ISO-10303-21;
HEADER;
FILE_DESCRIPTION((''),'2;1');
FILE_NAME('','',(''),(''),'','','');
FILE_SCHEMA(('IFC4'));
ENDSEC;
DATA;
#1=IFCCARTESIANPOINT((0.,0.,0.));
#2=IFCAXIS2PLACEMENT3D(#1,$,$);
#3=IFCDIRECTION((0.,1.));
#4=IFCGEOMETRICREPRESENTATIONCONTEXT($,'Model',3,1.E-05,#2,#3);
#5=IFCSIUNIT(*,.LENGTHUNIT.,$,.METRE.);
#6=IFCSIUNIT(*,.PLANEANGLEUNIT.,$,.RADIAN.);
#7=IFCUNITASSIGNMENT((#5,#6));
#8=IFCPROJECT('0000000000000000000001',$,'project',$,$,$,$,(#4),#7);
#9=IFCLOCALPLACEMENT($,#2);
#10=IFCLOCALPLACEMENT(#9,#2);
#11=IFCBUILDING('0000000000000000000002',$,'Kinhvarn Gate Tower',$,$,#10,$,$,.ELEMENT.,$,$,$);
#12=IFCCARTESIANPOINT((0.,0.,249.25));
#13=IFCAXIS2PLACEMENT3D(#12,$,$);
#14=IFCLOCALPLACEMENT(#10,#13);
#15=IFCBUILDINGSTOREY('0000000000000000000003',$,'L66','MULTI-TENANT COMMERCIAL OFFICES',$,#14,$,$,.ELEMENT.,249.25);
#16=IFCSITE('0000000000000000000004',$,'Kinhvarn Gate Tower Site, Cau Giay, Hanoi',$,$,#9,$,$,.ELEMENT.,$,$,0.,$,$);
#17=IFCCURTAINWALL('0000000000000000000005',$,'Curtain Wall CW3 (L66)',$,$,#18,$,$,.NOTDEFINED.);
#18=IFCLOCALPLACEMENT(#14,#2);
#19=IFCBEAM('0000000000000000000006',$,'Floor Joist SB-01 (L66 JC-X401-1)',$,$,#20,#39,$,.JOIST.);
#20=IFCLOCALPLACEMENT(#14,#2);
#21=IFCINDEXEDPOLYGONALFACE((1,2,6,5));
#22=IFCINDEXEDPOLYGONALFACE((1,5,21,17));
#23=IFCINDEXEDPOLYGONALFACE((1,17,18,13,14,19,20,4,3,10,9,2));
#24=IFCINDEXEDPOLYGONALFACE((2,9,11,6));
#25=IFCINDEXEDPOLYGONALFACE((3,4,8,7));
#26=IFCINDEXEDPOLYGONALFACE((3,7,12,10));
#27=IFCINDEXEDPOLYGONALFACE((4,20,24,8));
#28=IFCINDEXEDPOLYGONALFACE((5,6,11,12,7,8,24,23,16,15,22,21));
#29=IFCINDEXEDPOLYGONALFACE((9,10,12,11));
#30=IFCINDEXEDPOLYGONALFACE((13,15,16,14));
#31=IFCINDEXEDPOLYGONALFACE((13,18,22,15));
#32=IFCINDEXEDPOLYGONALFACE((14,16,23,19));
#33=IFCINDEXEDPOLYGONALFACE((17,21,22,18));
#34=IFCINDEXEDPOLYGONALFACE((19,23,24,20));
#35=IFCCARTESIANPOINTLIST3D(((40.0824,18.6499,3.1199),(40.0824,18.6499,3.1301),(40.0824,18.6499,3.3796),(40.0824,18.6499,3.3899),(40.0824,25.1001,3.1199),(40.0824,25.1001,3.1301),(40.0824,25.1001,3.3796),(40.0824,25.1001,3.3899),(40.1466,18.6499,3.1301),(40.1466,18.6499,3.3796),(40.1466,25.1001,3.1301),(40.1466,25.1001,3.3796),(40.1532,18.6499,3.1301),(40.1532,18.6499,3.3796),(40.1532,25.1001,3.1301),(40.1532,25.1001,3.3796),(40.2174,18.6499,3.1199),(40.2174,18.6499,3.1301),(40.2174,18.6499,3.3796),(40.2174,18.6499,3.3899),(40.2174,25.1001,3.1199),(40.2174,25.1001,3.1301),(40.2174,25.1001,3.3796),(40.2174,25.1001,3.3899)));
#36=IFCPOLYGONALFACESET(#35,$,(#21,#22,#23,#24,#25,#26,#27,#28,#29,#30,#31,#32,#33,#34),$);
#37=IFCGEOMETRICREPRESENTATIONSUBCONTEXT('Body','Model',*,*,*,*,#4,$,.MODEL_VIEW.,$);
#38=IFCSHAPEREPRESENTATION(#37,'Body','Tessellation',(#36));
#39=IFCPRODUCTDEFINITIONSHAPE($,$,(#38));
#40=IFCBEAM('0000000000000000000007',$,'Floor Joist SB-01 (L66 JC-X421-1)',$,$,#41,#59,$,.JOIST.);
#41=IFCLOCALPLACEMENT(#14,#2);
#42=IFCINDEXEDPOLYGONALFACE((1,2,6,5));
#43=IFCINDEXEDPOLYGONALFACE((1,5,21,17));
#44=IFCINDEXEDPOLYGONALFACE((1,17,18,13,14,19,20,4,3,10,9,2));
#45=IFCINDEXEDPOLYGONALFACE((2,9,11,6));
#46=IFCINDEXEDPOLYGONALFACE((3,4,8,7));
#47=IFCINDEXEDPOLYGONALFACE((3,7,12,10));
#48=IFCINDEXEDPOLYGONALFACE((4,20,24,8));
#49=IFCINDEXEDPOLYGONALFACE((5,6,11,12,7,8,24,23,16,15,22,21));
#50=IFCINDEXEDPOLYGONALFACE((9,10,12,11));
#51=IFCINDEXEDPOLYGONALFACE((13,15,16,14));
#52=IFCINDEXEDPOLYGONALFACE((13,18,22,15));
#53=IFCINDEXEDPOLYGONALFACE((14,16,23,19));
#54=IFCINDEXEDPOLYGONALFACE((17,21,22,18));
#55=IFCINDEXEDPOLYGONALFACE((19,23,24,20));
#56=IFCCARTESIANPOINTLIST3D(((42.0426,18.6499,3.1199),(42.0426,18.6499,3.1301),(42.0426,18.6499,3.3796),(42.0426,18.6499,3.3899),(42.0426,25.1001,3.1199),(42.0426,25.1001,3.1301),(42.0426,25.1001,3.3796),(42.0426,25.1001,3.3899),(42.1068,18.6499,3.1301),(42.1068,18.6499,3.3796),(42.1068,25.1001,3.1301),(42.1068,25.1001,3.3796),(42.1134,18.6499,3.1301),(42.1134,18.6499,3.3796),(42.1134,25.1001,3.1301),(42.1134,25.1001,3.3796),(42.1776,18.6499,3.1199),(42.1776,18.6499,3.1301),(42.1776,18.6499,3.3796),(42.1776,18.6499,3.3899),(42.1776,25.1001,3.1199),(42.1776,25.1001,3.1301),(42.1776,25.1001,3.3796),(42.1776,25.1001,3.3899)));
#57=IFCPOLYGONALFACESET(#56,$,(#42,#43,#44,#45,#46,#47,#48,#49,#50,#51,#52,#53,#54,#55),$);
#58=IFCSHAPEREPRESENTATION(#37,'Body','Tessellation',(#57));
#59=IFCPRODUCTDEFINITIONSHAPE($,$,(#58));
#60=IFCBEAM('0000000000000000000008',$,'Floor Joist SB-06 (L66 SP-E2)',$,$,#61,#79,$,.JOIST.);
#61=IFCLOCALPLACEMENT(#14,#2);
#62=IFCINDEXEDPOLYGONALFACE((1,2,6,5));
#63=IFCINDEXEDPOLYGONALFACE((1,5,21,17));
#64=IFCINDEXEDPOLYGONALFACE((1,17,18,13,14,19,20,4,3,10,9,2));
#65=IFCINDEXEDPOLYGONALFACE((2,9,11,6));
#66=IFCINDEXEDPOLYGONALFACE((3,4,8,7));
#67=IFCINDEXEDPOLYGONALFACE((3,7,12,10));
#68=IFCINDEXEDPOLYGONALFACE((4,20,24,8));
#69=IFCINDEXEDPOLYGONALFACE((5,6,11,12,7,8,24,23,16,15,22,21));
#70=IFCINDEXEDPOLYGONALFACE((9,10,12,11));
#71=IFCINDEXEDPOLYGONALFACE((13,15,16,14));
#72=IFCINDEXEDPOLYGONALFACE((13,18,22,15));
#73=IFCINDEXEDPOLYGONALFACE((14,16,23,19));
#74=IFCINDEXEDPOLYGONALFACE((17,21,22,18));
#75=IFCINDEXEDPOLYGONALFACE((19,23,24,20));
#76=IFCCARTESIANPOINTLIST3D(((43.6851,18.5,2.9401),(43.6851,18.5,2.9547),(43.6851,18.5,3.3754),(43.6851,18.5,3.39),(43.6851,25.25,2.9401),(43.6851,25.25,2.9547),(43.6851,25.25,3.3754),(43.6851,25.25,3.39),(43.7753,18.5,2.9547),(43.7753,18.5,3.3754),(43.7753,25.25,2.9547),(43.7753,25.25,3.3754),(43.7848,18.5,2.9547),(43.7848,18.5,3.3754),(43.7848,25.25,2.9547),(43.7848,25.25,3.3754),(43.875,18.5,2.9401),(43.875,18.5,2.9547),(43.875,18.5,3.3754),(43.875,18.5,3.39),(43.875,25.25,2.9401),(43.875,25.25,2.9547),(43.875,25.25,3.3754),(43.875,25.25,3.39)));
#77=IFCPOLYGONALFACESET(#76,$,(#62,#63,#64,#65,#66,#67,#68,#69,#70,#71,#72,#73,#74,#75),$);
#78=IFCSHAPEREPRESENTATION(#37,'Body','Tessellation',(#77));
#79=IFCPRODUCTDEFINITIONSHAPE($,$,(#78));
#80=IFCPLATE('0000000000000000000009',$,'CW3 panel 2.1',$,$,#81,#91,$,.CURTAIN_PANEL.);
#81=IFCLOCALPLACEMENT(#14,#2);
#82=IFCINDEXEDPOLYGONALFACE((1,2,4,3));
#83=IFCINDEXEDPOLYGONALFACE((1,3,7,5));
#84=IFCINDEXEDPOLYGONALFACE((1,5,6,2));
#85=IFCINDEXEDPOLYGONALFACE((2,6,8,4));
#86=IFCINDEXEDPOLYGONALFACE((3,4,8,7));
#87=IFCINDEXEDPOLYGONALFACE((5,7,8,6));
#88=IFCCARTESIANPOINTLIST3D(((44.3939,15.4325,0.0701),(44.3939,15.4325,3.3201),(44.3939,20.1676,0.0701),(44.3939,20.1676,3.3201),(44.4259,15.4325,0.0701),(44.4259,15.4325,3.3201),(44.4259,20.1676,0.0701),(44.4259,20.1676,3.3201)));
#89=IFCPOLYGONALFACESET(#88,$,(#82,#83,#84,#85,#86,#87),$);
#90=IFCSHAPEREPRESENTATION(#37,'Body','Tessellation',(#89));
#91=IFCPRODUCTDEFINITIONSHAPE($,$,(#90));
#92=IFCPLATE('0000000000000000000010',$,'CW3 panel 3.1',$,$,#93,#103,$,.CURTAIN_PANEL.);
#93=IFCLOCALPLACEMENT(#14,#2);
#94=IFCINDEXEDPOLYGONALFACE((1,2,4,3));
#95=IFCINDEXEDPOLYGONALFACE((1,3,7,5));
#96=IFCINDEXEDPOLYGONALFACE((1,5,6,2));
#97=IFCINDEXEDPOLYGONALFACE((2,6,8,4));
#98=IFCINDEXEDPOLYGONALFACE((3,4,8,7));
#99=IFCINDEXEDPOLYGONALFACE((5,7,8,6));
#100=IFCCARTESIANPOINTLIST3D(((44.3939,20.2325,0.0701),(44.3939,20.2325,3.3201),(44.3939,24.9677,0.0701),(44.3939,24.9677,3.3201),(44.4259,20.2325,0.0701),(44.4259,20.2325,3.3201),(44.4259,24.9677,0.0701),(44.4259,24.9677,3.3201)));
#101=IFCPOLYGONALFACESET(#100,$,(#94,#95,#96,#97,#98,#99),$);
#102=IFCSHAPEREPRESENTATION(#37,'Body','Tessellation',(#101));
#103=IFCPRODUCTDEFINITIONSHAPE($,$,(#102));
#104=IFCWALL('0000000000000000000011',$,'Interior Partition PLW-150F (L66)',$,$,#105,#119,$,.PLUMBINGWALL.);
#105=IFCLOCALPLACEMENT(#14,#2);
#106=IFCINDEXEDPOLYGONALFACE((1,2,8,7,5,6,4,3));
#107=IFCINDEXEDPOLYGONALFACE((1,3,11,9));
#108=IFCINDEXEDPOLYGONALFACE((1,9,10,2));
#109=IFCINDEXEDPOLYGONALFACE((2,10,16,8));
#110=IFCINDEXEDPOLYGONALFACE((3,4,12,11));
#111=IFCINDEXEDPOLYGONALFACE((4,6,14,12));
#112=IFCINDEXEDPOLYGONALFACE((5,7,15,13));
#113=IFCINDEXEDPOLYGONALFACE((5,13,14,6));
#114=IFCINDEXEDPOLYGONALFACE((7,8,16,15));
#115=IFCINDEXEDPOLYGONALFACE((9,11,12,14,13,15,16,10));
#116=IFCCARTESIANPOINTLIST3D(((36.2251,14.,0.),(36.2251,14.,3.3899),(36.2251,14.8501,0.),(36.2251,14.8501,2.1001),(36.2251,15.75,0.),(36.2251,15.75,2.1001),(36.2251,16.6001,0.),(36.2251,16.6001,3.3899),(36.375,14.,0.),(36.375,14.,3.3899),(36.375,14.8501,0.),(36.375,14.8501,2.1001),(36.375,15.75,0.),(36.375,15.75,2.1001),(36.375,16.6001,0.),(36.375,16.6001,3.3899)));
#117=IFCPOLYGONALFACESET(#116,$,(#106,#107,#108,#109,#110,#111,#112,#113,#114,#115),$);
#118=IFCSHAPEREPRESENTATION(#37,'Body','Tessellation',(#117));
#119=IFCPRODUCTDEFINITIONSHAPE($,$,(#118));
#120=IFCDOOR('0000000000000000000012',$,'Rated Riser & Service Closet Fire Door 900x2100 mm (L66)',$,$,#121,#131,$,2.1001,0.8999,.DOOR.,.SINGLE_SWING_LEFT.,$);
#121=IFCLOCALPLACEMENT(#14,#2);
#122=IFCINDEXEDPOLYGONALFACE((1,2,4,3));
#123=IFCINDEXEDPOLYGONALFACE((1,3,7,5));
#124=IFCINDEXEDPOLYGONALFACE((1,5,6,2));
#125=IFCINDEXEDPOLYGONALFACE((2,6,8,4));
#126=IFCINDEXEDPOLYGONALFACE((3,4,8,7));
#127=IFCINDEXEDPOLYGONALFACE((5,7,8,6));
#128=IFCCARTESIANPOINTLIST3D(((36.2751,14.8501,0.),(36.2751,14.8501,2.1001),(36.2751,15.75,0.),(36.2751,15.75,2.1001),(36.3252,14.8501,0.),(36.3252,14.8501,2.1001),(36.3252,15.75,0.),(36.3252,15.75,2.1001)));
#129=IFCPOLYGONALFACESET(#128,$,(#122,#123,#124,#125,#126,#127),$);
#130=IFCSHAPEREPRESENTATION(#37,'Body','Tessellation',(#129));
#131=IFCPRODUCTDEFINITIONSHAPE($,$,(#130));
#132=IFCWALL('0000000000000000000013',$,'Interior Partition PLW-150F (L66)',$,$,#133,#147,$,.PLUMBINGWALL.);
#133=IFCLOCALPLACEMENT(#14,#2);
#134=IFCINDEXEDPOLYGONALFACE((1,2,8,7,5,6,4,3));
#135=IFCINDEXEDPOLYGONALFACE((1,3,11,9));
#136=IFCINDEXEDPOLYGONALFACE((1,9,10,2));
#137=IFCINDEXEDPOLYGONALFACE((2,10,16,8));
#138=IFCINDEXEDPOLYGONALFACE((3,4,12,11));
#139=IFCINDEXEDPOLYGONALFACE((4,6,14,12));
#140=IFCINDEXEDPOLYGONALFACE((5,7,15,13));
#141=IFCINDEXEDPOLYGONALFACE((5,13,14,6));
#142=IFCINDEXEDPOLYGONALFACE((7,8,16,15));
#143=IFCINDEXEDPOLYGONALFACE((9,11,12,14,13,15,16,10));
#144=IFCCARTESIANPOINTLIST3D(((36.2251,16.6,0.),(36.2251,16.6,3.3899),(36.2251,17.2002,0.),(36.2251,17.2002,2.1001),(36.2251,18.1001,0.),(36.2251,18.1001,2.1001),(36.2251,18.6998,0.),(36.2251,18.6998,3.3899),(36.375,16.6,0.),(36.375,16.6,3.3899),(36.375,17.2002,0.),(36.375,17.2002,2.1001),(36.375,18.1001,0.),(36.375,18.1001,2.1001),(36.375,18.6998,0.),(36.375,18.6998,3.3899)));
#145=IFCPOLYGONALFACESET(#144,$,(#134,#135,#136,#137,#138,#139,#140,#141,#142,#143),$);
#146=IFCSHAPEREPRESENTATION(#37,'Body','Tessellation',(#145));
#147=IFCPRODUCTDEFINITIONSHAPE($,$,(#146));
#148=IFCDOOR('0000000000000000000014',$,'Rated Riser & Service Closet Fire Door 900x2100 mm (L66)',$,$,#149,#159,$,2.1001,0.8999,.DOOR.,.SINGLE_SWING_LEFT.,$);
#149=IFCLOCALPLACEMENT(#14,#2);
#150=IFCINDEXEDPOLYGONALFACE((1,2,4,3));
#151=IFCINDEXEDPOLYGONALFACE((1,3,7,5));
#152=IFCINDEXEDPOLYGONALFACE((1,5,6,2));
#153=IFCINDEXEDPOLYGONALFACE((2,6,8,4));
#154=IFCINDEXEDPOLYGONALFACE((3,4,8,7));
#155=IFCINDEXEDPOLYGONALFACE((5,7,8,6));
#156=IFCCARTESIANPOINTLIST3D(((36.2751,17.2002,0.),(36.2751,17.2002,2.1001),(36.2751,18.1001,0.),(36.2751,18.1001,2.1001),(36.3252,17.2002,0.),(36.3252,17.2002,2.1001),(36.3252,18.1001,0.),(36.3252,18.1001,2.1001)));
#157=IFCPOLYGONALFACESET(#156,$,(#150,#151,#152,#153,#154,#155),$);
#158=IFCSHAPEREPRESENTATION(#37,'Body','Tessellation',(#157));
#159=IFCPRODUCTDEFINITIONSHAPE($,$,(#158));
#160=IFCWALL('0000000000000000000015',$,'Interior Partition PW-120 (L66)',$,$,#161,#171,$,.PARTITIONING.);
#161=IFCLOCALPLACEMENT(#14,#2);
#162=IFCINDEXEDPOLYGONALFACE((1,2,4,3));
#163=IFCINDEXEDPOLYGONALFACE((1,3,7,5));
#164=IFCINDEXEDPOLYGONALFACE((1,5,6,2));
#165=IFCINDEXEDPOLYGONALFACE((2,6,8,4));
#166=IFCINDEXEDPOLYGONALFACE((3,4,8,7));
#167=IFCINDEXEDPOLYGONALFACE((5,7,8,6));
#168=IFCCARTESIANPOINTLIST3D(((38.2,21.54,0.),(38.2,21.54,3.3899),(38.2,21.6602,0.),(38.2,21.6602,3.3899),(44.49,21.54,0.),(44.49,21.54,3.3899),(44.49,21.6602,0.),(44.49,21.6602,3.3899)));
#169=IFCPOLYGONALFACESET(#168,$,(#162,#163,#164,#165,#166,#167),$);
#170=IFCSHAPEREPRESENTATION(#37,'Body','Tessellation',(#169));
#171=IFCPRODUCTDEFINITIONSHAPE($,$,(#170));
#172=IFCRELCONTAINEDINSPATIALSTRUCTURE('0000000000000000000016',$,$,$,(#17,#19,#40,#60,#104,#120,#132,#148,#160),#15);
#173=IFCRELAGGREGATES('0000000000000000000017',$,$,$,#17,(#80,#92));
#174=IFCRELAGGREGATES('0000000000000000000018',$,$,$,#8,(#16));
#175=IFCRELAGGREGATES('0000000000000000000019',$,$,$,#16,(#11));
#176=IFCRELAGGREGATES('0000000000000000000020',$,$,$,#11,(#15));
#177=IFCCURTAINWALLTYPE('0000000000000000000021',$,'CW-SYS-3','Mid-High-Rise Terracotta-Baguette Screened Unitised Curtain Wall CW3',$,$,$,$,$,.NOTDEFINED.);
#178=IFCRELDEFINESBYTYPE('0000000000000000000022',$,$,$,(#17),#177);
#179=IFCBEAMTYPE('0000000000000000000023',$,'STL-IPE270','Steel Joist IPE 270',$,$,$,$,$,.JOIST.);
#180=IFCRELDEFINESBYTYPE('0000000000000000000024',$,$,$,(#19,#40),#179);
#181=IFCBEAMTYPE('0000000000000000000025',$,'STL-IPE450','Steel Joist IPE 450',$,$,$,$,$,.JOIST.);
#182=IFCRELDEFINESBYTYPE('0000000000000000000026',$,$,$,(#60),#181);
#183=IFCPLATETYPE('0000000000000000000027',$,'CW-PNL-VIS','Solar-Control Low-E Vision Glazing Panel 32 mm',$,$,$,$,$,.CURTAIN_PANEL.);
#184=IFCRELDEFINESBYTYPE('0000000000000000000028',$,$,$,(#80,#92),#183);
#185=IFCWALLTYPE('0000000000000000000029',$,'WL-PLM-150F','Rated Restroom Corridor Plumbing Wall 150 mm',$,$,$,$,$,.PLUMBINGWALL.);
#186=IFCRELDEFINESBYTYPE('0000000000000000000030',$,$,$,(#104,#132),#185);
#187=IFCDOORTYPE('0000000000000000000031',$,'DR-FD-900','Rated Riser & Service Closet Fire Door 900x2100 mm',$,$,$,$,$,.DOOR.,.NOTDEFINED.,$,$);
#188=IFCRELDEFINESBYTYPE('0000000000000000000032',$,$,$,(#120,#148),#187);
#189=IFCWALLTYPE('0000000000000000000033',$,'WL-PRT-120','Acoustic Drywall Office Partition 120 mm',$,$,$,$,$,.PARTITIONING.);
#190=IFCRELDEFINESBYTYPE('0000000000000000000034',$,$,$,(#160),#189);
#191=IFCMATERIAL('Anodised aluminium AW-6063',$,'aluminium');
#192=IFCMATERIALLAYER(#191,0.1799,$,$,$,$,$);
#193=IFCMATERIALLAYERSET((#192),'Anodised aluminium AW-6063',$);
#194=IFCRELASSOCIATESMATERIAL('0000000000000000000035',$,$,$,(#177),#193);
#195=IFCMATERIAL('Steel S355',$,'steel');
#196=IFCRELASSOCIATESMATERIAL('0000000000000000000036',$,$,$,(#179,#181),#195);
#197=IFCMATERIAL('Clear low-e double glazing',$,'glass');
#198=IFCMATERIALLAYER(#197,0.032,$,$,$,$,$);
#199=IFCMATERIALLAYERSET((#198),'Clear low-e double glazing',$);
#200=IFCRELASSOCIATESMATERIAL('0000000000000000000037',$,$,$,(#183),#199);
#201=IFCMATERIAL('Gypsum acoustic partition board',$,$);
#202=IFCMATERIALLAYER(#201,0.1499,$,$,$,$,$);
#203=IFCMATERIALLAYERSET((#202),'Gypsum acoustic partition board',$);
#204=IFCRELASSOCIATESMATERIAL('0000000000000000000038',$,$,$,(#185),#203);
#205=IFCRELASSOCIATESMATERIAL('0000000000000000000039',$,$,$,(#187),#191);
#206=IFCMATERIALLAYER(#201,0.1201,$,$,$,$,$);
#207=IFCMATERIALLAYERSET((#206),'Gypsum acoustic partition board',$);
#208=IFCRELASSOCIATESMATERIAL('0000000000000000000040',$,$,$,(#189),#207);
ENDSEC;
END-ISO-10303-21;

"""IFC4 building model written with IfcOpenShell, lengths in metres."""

from ifc_helpers import new_model, si_unit, direction, frame, frame_2d, origin, origin_2d, place, context, subcontext, project, spatial, rectangle, i_section, extrude, material, layer, layer_set, material_profile, profile_set, type_object, element, fill, aggregate, save


model = new_model("IFC4")

# Units and contexts
model_context = context("Model", 3, precision=1e-05, world=origin(), true_north=direction((0.0, 1.0)))
body_context = subcontext(model_context, "Body", "Model", "MODEL_VIEW")
ifc_project = project(units=[si_unit("LENGTHUNIT", "METRE"), si_unit("PLANEANGLEUNIT", "RADIAN")], contexts=[model_context])

# Site, building, storey
site_placement = place(None, origin())
site = spatial("IfcSite", under=ifc_project, at=site_placement, Name="Kinhvarn Gate Tower Site, Cau Giay, Hanoi", CompositionType="ELEMENT", RefElevation=0.0)
building_placement = place(site_placement, origin())
building = spatial("IfcBuilding", under=site, at=building_placement, Name="Kinhvarn Gate Tower", CompositionType="ELEMENT")
storey_placement = place(building_placement, frame((0.0, 0.0, 249.25)))
storey = spatial("IfcBuildingStorey", under=building, at=storey_placement, Name="L66", Description="MULTI-TENANT COMMERCIAL OFFICES", CompositionType="ELEMENT", Elevation=249.25)

# Curtain wall
ifc_material_1 = material(Name="Anodised aluminium AW-6063", Category="aluminium")
ifc_layer_1 = layer(ifc_material_1, 0.1799)
ifc_layer_set_1 = layer_set([ifc_layer_1], Name="Anodised aluminium AW-6063")
curtain_wall_type = type_object("IfcCurtainWallType", Name="CW-SYS-3", Description="Mid-High-Rise Terracotta-Baguette Screened Unitised Curtain Wall CW3", PredefinedType="NOTDEFINED", material=ifc_layer_set_1)
curtain_wall_placement = place(storey_placement, origin())
curtain_wall = element("IfcCurtainWall", 1, at=curtain_wall_placement, inside=storey, type_object=curtain_wall_type, Name="Curtain Wall CW3 (L66)", PredefinedType="NOTDEFINED")

# Beams
ifc_material_2 = material(Name="Steel S355", Category="steel")
ifc_material_profile_1 = material_profile(ifc_material_2, i_section(OverallWidth=0.135, OverallDepth=0.27, WebThickness=0.0066, FlangeThickness=0.0103, at=origin_2d()), Name="IPE 270")
ifc_profile_set_1 = profile_set([ifc_material_profile_1], Name="Steel S355")
beam_type_1 = type_object("IfcBeamType", Name="STL-IPE270", Description="Steel Joist IPE 270", PredefinedType="JOIST", material=ifc_profile_set_1)
for number, where, z_axis, x_axis, name in (
    (2, (40.1499, 18.6499, 3.2549), (0.0, 1.0, 0.0), (-1.0, 0.0, 0.0), "Floor Joist SB-01 (L66 JC-X401-1)"),
    (3, (42.1101, 18.6499, 3.2549), (0.0, 1.0, 0.0), (-1.0, 0.0, 0.0), "Floor Joist SB-01 (L66 JC-X421-1)"),
):
    element("IfcBeam", number, at=place(storey_placement, frame(where, z_axis=z_axis, x_axis=x_axis)), inside=storey, type_object=beam_type_1, Name=name, PredefinedType="JOIST", context=body_context, shape_type="SweptSolid", body=[
        extrude(i_section(OverallWidth=0.135, OverallDepth=0.27, WebThickness=0.0066, FlangeThickness=0.0103, at=origin_2d()), origin(), (0.0, 0.0, 1.0), 6.4502),
    ])
ifc_material_profile_2 = material_profile(ifc_material_2, i_section(OverallWidth=0.1899, OverallDepth=0.45, WebThickness=0.0095, FlangeThickness=0.0146, at=origin_2d()), Name="IPE 450")
ifc_profile_set_2 = profile_set([ifc_material_profile_2], Name="Steel S355")
beam_type_2 = type_object("IfcBeamType", Name="STL-IPE450", Description="Steel Joist IPE 450", PredefinedType="JOIST", material=ifc_profile_set_2)
beam_1_placement = place(storey_placement, frame((43.78, 18.5, 3.165), z_axis=(0.0, 1.0, 0.0), x_axis=(-1.0, 0.0, 0.0)))
element("IfcBeam", 4, at=beam_1_placement, inside=storey, type_object=beam_type_2, Name="Floor Joist SB-06 (L66 SP-E2)", PredefinedType="JOIST", context=body_context, shape_type="SweptSolid", body=[
    extrude(i_section(OverallWidth=0.1899, OverallDepth=0.45, WebThickness=0.0095, FlangeThickness=0.0146, at=origin_2d()), origin(), (0.0, 0.0, 1.0), 6.75),
])

# Plates
ifc_material_3 = material(Name="Clear low-e double glazing", Category="glass")
ifc_layer_2 = layer(ifc_material_3, 0.032)
ifc_layer_set_2 = layer_set([ifc_layer_2], Name="Clear low-e double glazing")
plate_type = type_object("IfcPlateType", Name="CW-PNL-VIS", Description="Solar-Control Low-E Vision Glazing Panel 32 mm", PredefinedType="CURTAIN_PANEL", material=ifc_layer_set_2)
plate_1_placement = place(storey_placement, frame((44.4099, 17.8, 0.0701), z_axis=(0.0, 0.0, 1.0), x_axis=(0.0, 1.0, 0.0)))
plate_1 = element("IfcPlate", 5, at=plate_1_placement, type_object=plate_type, Name="CW3 panel 2.1", PredefinedType="CURTAIN_PANEL", context=body_context, shape_type="SweptSolid", body=[
    extrude(rectangle(XDim=4.7351, YDim=0.032, at=origin_2d()), origin(), (0.0, 0.0, 1.0), 3.25),
])
plate_2_placement = place(storey_placement, frame((44.4099, 22.6001, 0.0701), z_axis=(0.0, 0.0, 1.0), x_axis=(0.0, 1.0, 0.0)))
plate_2 = element("IfcPlate", 6, at=plate_2_placement, type_object=plate_type, Name="CW3 panel 3.1", PredefinedType="CURTAIN_PANEL", context=body_context, shape_type="SweptSolid", body=[
    extrude(rectangle(XDim=4.7351, YDim=0.032, at=origin_2d()), origin(), (0.0, 0.0, 1.0), 3.25),
])
aggregate(curtain_wall, [plate_1, plate_2])

# Walls, openings, doors
ifc_material_4 = material(Name="Gypsum acoustic partition board")
ifc_layer_3 = layer(ifc_material_4, 0.1499)
ifc_layer_set_3 = layer_set([ifc_layer_3], Name="Gypsum acoustic partition board")
wall_type_1 = type_object("IfcWallType", Name="WL-PLM-150F", Description="Rated Restroom Corridor Plumbing Wall 150 mm", PredefinedType="PLUMBINGWALL", material=ifc_layer_set_3)
wall_1_placement = place(storey_placement, frame((36.3, 14.0, 0.0), z_axis=(0.0, 0.0, 1.0), x_axis=(0.0, 1.0, 0.0)))
wall_1 = element("IfcWall", 7, at=wall_1_placement, inside=storey, type_object=wall_type_1, Name="Interior Partition PLW-150F (L66)", PredefinedType="PLUMBINGWALL", context=body_context, shape_type="SweptSolid", body=[
    extrude(rectangle(XDim=2.6001, YDim=0.1499, at=frame_2d((1.3, 0.0))), origin(), (0.0, 0.0, 1.0), 3.3899),
])
opening_1_placement = place(wall_1_placement, frame((0.8501, 0.0, 0.0)))
opening_1 = element("IfcOpeningElement", 8, at=opening_1_placement, cuts=wall_1, PredefinedType="OPENING", context=body_context, shape_type="SweptSolid", body=[
    extrude(rectangle(XDim=0.8999, YDim=2.1001, at=frame_2d((0.45, 1.05))), frame((0.0, 0.085, 0.0), z_axis=(0.0, -1.0, 0.0), x_axis=(1.0, 0.0, 0.0)), (0.0, 0.0, 1.0), 0.1699),
])
door_type_1 = type_object("IfcDoorType", Name="DR-FD-900", Description="Rated Riser & Service Closet Fire Door 900x2100 mm", OperationType="NOTDEFINED", PredefinedType="DOOR", material=ifc_material_1)
door_1_placement = place(opening_1_placement, origin())
door_1 = element("IfcDoor", 9, at=door_1_placement, inside=storey, type_object=door_type_1, Name="Rated Riser & Service Closet Fire Door 900x2100 mm (L66)", OperationType="SINGLE_SWING_LEFT", OverallHeight=2.1001, OverallWidth=0.8999, PredefinedType="DOOR", context=body_context, shape_type="SweptSolid", body=[
    extrude(rectangle(XDim=0.8999, YDim=2.1001, at=frame_2d((0.45, 1.05))), frame((0.0, 0.0249, 0.0), z_axis=(0.0, -1.0, 0.0), x_axis=(1.0, 0.0, 0.0)), (0.0, 0.0, 1.0), 0.05),
])
fill(opening_1, door_1)
wall_2_placement = place(storey_placement, frame((36.3, 16.6001, 0.0), z_axis=(0.0, 0.0, 1.0), x_axis=(0.0, 1.0, 0.0)))
wall_2 = element("IfcWall", 10, at=wall_2_placement, inside=storey, type_object=wall_type_1, Name="Interior Partition PLW-150F (L66)", PredefinedType="PLUMBINGWALL", context=body_context, shape_type="SweptSolid", body=[
    extrude(rectangle(XDim=2.0999, YDim=0.1499, at=frame_2d((1.0498, 0.0))), origin(), (0.0, 0.0, 1.0), 3.3899),
])
opening_2_placement = place(wall_2_placement, frame((0.6001, 0.0, 0.0)))
opening_2 = element("IfcOpeningElement", 11, at=opening_2_placement, cuts=wall_2, PredefinedType="OPENING", context=body_context, shape_type="SweptSolid", body=[
    extrude(rectangle(XDim=0.8999, YDim=2.1001, at=frame_2d((0.45, 1.05))), frame((0.0, 0.085, 0.0), z_axis=(0.0, -1.0, 0.0), x_axis=(1.0, 0.0, 0.0)), (0.0, 0.0, 1.0), 0.1699),
])
door_2_placement = place(opening_2_placement, origin())
door_2 = element("IfcDoor", 12, at=door_2_placement, inside=storey, type_object=door_type_1, Name="Rated Riser & Service Closet Fire Door 900x2100 mm (L66)", OperationType="SINGLE_SWING_LEFT", OverallHeight=2.1001, OverallWidth=0.8999, PredefinedType="DOOR", context=body_context, shape_type="SweptSolid", body=[
    extrude(rectangle(XDim=0.8999, YDim=2.1001, at=frame_2d((0.45, 1.05))), frame((0.0, 0.0249, 0.0), z_axis=(0.0, -1.0, 0.0), x_axis=(1.0, 0.0, 0.0)), (0.0, 0.0, 1.0), 0.05),
])
fill(opening_2, door_2)

# Wall
ifc_layer_4 = layer(ifc_material_4, 0.1201)
ifc_layer_set_4 = layer_set([ifc_layer_4], Name="Gypsum acoustic partition board")
wall_type_2 = type_object("IfcWallType", Name="WL-PRT-120", Description="Acoustic Drywall Office Partition 120 mm", PredefinedType="PARTITIONING", material=ifc_layer_set_4)
wall_3_placement = place(storey_placement, frame((38.2, 21.6001, 0.0), z_axis=(0.0, 0.0, 1.0), x_axis=(1.0, 0.0, 0.0)))
element("IfcWall", 13, at=wall_3_placement, inside=storey, type_object=wall_type_2, Name="Interior Partition PW-120 (L66)", PredefinedType="PARTITIONING", context=body_context, shape_type="SweptSolid", body=[
    extrude(rectangle(XDim=6.29, YDim=0.1201, at=frame_2d((3.145, 0.0))), origin(), (0.0, 0.0, 1.0), 3.3899),
])

save(model, "model.ifc")
